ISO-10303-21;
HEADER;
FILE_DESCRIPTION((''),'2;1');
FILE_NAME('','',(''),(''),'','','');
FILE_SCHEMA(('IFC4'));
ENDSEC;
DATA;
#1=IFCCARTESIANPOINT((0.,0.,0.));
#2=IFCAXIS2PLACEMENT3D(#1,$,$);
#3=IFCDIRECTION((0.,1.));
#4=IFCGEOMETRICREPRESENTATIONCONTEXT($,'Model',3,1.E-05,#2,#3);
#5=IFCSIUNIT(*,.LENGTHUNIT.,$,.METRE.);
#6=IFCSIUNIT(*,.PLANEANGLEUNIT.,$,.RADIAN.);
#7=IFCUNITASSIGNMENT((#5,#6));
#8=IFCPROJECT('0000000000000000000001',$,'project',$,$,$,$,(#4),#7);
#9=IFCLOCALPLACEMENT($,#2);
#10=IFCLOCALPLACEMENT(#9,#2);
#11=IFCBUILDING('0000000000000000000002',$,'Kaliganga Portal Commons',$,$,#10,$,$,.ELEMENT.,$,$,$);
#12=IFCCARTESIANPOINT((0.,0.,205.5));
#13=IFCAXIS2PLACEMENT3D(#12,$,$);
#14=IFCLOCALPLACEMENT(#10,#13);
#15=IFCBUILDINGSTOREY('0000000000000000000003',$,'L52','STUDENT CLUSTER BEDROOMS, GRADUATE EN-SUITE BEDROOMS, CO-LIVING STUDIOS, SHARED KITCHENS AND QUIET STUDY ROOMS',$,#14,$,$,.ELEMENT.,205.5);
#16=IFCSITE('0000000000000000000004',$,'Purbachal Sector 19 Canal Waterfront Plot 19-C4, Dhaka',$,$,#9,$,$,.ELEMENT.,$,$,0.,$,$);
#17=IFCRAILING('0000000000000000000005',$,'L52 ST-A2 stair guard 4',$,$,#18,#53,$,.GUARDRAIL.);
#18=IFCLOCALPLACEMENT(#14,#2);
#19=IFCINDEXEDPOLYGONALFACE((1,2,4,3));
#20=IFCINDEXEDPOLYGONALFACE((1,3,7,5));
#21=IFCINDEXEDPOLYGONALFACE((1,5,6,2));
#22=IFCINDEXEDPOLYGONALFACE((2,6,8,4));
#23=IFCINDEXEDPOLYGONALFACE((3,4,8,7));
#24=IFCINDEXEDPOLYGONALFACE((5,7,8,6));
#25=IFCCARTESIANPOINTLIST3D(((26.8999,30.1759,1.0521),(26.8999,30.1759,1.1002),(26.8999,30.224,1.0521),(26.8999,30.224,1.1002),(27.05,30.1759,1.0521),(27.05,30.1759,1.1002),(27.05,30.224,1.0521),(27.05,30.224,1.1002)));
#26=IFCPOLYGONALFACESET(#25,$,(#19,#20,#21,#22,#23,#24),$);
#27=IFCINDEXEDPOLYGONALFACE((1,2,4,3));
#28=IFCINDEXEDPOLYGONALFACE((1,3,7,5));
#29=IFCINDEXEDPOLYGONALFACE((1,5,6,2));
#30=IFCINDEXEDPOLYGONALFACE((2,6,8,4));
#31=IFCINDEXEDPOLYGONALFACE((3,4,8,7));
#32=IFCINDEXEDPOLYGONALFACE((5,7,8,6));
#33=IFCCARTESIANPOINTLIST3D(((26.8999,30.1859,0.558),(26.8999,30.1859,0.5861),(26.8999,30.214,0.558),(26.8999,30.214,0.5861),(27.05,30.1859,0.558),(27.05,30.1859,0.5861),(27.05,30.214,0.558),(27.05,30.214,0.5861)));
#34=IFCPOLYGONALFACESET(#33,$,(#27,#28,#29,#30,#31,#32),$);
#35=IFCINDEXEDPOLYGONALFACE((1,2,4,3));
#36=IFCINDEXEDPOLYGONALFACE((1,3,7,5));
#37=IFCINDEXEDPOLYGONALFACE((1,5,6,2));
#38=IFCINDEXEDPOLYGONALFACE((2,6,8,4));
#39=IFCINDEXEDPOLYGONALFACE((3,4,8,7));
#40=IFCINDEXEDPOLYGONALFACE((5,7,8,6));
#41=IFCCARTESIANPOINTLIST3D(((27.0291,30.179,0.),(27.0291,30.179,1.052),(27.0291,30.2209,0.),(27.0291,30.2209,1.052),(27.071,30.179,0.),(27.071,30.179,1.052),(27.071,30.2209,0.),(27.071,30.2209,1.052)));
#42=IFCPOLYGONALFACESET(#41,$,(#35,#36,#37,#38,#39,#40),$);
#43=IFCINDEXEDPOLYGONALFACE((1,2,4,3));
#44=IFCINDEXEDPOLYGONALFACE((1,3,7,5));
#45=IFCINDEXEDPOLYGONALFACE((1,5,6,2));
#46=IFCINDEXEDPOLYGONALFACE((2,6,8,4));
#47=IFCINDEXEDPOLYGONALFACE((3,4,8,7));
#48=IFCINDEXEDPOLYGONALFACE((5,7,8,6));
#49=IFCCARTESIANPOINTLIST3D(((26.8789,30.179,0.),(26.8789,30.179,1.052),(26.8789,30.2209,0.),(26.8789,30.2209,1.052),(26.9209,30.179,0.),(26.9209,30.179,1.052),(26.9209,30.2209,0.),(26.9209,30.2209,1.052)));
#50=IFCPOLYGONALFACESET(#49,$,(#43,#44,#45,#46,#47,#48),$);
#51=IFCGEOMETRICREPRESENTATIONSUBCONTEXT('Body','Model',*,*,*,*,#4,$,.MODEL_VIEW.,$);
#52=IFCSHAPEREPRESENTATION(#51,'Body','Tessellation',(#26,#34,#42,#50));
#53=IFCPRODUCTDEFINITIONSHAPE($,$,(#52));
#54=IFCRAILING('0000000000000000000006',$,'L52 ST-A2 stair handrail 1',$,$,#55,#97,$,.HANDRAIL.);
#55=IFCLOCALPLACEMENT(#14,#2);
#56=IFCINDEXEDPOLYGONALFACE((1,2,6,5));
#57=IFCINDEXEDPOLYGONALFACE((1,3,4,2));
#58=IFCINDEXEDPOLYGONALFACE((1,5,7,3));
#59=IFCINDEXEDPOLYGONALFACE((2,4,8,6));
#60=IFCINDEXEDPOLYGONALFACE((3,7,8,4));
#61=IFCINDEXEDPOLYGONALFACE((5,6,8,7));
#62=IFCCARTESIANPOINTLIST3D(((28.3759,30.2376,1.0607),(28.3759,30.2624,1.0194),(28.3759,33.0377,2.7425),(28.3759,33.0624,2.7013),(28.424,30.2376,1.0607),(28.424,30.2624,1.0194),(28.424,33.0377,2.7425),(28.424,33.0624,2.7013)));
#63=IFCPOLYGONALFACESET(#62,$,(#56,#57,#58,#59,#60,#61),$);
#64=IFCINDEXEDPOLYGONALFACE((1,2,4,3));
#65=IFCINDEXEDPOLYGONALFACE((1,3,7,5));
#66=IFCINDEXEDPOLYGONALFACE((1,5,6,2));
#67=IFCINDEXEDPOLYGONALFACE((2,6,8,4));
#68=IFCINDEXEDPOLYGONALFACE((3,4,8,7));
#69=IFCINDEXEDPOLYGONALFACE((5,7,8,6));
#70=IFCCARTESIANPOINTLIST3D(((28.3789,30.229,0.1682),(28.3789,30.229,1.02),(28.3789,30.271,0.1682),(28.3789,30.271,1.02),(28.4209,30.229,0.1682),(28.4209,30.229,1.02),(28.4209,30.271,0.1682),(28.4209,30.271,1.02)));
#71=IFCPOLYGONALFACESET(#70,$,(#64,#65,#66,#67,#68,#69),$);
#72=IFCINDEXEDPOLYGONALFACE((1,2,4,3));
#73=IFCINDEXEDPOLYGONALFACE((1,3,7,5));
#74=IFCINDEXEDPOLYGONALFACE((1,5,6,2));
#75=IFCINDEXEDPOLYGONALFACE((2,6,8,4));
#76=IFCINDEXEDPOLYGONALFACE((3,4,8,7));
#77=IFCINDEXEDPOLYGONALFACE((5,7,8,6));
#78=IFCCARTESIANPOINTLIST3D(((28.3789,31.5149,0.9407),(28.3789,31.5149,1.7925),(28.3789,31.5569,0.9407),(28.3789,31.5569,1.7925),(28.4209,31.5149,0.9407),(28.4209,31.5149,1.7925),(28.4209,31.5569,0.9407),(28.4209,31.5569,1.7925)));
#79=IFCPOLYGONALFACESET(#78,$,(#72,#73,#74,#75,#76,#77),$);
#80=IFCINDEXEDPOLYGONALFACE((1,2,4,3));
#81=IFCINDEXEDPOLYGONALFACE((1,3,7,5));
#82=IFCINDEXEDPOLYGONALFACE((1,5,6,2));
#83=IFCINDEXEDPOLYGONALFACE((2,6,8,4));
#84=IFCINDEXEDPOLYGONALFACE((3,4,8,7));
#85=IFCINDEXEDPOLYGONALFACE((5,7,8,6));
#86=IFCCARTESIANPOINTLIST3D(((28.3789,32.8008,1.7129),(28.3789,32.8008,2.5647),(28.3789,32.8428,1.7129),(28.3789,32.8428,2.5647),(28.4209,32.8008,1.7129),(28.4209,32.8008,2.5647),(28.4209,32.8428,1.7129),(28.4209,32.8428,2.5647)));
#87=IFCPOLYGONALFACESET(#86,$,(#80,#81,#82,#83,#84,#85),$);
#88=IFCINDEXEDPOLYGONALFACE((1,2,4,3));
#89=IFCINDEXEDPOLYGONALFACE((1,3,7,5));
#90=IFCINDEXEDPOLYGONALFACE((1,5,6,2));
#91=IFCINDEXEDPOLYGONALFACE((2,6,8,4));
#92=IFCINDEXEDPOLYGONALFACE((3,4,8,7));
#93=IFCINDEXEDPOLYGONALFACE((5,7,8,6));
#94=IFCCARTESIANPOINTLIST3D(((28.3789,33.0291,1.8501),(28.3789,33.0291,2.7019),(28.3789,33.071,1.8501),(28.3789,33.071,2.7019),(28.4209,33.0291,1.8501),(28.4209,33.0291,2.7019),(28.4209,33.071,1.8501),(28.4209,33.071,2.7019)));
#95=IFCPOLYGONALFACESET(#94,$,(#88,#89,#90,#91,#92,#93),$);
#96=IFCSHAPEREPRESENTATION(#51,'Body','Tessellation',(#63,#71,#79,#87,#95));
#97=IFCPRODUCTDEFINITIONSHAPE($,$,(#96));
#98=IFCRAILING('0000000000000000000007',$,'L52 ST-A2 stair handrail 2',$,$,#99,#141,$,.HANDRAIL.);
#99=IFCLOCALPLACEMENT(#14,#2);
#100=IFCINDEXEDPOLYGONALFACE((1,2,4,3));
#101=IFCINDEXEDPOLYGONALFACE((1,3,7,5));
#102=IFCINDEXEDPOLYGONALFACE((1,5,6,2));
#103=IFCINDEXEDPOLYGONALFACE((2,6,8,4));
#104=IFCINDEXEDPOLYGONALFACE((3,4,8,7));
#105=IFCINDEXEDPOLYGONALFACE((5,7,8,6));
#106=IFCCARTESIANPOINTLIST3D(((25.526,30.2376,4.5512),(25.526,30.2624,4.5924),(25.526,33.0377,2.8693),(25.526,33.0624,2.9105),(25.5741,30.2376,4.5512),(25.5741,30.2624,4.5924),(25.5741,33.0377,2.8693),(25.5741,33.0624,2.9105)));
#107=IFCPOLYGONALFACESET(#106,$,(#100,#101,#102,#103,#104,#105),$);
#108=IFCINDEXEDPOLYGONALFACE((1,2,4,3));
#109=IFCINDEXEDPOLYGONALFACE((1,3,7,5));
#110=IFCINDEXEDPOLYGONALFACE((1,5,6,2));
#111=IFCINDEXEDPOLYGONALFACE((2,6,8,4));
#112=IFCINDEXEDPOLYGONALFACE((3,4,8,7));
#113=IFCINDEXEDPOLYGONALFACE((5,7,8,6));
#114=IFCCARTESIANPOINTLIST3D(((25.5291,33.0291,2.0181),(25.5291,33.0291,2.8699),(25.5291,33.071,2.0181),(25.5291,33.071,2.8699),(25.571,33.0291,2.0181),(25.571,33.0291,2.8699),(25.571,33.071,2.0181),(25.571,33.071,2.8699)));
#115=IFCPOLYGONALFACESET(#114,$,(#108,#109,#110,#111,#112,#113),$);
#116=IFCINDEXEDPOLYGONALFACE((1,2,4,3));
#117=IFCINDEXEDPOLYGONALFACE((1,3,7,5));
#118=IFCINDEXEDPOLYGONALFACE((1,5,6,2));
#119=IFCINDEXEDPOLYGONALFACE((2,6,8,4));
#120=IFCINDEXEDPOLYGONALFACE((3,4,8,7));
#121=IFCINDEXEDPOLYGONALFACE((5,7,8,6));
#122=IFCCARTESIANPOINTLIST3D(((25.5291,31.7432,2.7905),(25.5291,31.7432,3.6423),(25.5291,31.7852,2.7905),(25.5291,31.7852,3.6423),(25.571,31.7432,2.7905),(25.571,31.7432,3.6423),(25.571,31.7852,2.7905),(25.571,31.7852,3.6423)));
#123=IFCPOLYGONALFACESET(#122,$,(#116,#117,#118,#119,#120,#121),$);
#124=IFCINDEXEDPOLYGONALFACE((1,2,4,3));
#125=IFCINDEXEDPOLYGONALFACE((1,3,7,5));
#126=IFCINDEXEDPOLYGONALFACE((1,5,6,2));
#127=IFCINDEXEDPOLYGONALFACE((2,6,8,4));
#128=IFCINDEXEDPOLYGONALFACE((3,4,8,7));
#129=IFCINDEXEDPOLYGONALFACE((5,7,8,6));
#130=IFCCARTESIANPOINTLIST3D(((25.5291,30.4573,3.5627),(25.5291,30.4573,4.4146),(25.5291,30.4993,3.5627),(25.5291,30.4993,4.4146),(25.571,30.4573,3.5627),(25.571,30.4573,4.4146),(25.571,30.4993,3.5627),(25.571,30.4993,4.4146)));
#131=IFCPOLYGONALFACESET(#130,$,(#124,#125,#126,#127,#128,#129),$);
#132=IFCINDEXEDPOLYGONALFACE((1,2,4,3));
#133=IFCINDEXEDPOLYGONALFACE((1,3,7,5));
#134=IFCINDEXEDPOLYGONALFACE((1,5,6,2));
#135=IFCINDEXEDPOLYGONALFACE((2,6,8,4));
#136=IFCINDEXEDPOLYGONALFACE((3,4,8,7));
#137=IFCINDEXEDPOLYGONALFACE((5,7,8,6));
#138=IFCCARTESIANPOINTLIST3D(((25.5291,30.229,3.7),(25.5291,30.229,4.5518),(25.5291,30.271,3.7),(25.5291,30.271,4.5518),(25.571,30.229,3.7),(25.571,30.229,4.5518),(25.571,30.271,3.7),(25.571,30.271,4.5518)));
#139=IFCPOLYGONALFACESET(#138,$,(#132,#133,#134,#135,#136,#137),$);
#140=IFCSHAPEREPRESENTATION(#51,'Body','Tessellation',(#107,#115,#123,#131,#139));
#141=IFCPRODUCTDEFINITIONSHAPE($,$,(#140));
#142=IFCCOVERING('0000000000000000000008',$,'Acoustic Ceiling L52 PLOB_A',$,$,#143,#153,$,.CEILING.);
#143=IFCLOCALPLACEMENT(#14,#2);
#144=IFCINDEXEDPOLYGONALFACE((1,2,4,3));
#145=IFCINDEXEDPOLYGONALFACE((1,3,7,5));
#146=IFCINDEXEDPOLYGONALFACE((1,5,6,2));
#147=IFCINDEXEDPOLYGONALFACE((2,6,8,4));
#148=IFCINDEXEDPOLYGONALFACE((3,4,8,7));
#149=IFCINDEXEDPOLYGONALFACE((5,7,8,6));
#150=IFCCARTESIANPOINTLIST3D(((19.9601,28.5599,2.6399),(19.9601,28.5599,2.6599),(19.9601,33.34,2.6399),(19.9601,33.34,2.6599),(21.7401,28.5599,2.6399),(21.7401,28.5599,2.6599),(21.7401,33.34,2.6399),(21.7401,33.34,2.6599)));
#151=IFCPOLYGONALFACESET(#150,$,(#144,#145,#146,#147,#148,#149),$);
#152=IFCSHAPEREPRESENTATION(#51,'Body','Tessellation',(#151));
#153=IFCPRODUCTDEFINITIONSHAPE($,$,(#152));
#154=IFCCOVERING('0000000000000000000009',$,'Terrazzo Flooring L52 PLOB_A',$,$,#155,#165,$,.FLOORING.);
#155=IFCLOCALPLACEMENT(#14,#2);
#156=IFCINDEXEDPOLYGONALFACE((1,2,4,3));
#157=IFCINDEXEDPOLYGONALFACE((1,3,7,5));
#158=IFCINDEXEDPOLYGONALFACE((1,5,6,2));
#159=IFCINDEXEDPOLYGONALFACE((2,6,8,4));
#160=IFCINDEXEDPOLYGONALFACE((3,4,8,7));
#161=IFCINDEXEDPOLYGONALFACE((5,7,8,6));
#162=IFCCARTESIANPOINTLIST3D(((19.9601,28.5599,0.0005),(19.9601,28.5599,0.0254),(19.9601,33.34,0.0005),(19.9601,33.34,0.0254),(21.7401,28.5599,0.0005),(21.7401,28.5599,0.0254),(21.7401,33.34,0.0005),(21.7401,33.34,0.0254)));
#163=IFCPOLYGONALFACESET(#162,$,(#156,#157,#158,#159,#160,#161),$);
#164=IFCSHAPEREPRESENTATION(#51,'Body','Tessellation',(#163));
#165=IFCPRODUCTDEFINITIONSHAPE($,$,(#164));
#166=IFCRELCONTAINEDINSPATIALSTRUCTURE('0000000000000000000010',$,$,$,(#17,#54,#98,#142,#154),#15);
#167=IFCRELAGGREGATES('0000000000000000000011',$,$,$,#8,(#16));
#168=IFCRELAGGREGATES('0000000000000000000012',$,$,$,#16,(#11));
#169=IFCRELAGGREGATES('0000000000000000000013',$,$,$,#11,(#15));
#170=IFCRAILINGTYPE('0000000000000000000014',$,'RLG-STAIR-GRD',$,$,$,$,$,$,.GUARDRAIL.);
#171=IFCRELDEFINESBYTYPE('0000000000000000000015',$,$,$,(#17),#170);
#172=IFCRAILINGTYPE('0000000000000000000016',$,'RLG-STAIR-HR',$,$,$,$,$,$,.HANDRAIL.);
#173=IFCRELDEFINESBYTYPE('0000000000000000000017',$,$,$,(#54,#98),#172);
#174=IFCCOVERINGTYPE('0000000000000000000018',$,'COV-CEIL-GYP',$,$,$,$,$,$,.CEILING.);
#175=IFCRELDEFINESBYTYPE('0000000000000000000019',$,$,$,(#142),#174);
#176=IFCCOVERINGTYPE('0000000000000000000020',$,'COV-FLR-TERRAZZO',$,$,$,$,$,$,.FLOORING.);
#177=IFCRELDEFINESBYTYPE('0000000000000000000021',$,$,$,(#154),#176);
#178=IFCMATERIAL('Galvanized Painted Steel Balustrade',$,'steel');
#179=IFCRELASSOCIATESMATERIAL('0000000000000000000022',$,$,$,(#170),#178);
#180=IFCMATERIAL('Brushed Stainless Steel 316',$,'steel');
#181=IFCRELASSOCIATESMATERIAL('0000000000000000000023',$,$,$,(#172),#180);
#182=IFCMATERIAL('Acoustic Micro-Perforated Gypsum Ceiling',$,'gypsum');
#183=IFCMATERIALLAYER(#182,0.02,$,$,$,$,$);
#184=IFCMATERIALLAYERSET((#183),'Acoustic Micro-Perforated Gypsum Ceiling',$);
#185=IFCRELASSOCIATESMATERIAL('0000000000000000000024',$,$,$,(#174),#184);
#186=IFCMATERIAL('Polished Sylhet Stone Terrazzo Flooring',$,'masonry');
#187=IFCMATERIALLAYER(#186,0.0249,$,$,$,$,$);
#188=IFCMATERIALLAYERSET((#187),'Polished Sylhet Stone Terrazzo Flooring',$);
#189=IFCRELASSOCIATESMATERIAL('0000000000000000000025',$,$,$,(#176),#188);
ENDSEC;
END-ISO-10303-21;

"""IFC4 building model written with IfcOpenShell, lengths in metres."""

from ifc_helpers import new_model, si_unit, direction, frame, origin, origin_2d, place, context, subcontext, project, spatial, rectangle, extrude, source, transform, mapped, material, layer, layer_set, type_object, element, save


model = new_model("IFC4")

# Units and contexts
model_context = context("Model", 3, precision=1e-05, world=origin(), true_north=direction((0.0, 1.0)))
body_context = subcontext(model_context, "Body", "Model", "MODEL_VIEW")
ifc_project = project(units=[si_unit("LENGTHUNIT", "METRE"), si_unit("PLANEANGLEUNIT", "RADIAN")], contexts=[model_context])

# Site, building, storey
site_placement = place(None, origin())
site = spatial("IfcSite", under=ifc_project, at=site_placement, Name="Purbachal Sector 19 Canal Waterfront Plot 19-C4, Dhaka", CompositionType="ELEMENT", RefElevation=0.0)
building_placement = place(site_placement, origin())
building = spatial("IfcBuilding", under=site, at=building_placement, Name="Kaliganga Portal Commons", CompositionType="ELEMENT")
storey_placement = place(building_placement, frame((0.0, 0.0, 205.5)))
storey = spatial("IfcBuildingStorey", under=building, at=storey_placement, Name="L52", Description="STUDENT CLUSTER BEDROOMS, GRADUATE EN-SUITE BEDROOMS, CO-LIVING STUDIOS, SHARED KITCHENS AND QUIET STUDY ROOMS", CompositionType="ELEMENT", Elevation=205.5)

# Railings
ifc_material_1 = material(Name="Galvanized Painted Steel Balustrade", Category="steel")
railing_type_1 = type_object("IfcRailingType", Name="RLG-STAIR-GRD", PredefinedType="GUARDRAIL", material=ifc_material_1)
railing_1_placement = place(storey_placement, frame((27.05, 30.2, 0.0)))
element("IfcRailing", 1, at=railing_1_placement, inside=storey, type_object=railing_type_1, Name="L52 ST-A2 stair guard 4", PredefinedType="GUARDRAIL", context=body_context, shape_type="SweptSolid", body=[
    extrude(rectangle(XDim=0.0481, YDim=0.0481, at=origin_2d()), frame((0.0, 0.0, 1.0762), z_axis=(-1.0, 0.0, 0.0), x_axis=(0.0, -1.0, 0.0)), (0.0, 0.0, 1.0), 0.1501),
    extrude(rectangle(XDim=0.0281, YDim=0.0281, at=origin_2d()), frame((0.0, 0.0, 0.572), z_axis=(-1.0, 0.0, 0.0), x_axis=(0.0, -1.0, 0.0)), (0.0, 0.0, 1.0), 0.1501),
    extrude(rectangle(XDim=0.042, YDim=0.042, at=origin_2d()), origin(), (0.0, 0.0, 1.0), 1.052),
    extrude(rectangle(XDim=0.042, YDim=0.042, at=origin_2d()), frame((-0.1501, 0.0, 0.0)), (0.0, 0.0, 1.0), 1.052),
])
ifc_material_2 = material(Name="Brushed Stainless Steel 316", Category="steel")
railing_type_2 = type_object("IfcRailingType", Name="RLG-STAIR-HR", PredefinedType="HANDRAIL", material=ifc_material_2)
railing_2_placement = place(storey_placement, frame((28.3999, 30.25, 0.1682)))
element("IfcRailing", 2, at=railing_2_placement, inside=storey, type_object=railing_type_2, Name="L52 ST-A2 stair handrail 1", PredefinedType="HANDRAIL", context=body_context, shape_type="SweptSolid", body=[
    extrude(rectangle(XDim=0.0481, YDim=0.0481, at=origin_2d()), frame((0.0, 0.0, 0.8718), z_axis=(0.0, 0.857242, 0.514913), x_axis=(-1.0, 0.0, 0.0)), (0.0, 0.0, 1.0), 3.2664),
    extrude(rectangle(XDim=0.042, YDim=0.042, at=origin_2d()), origin(), (0.0, 0.0, 1.0), 0.8518),
    extrude(rectangle(XDim=0.042, YDim=0.042, at=origin_2d()), frame((0.0, 1.2859, 0.7725)), (0.0, 0.0, 1.0), 0.8518),
    extrude(rectangle(XDim=0.042, YDim=0.042, at=origin_2d()), frame((0.0, 2.5718, 1.5447)), (0.0, 0.0, 1.0), 0.8518),
    extrude(rectangle(XDim=0.042, YDim=0.042, at=origin_2d()), frame((0.0, 2.8, 1.6819)), (0.0, 0.0, 1.0), 0.8518),
])
railing_3_placement = place(storey_placement, frame((25.55, 33.05, 2.0181)))
element("IfcRailing", 3, at=railing_3_placement, inside=storey, type_object=railing_type_2, Name="L52 ST-A2 stair handrail 2", PredefinedType="HANDRAIL", context=body_context, shape_type="SweptSolid", body=[
    extrude(rectangle(XDim=0.0481, YDim=0.0481, at=origin_2d()), frame((0.0, 0.0, 0.8718), z_axis=(0.0, -0.857242, 0.514913), x_axis=(1.0, 0.0, 0.0)), (0.0, 0.0, 1.0), 3.2664),
    extrude(rectangle(XDim=0.042, YDim=0.042, at=origin_2d()), origin(), (0.0, 0.0, 1.0), 0.8518),
    extrude(rectangle(XDim=0.042, YDim=0.042, at=origin_2d()), frame((0.0, -1.2859, 0.7725)), (0.0, 0.0, 1.0), 0.8518),
    extrude(rectangle(XDim=0.042, YDim=0.042, at=origin_2d()), frame((0.0, -2.5718, 1.5447)), (0.0, 0.0, 1.0), 0.8518),
    extrude(rectangle(XDim=0.042, YDim=0.042, at=origin_2d()), frame((0.0, -2.8, 1.6819)), (0.0, 0.0, 1.0), 0.8518),
])

# Coverings
ifc_material_3 = material(Name="Acoustic Micro-Perforated Gypsum Ceiling", Category="gypsum")
ifc_layer_1 = layer(ifc_material_3, 0.02)
ifc_layer_set_1 = layer_set([ifc_layer_1], Name="Acoustic Micro-Perforated Gypsum Ceiling")
covering_type_1 = type_object("IfcCoveringType", Name="COV-CEIL-GYP", PredefinedType="CEILING", material=ifc_layer_set_1)
shared_shape_1 = source(origin(), body_context, "Body", "SweptSolid", [
    extrude(rectangle(XDim=1.78, YDim=4.78, at=origin_2d()), origin(), (0.0, 0.0, 1.0), 0.02),
])
covering_1_placement = place(storey_placement, frame((20.8501, 30.95, 2.6399), z_axis=(0.0, 0.0, 1.0), x_axis=(1.0, 0.0, 0.0)))
element("IfcCovering", 4, at=covering_1_placement, inside=storey, type_object=covering_type_1, Name="Acoustic Ceiling L52 PLOB_A", PredefinedType="CEILING", context=body_context, shape_type="MappedRepresentation", body=[
    mapped(shared_shape_1, transform((0.0, 0.0, 0.0), x_axis=(1.0, 0.0, 0.0), y_axis=(0.0, 1.0, 0.0), z_axis=(0.0, 0.0, 1.0), scale=1.0)),
])
ifc_material_4 = material(Name="Polished Sylhet Stone Terrazzo Flooring", Category="masonry")
ifc_layer_2 = layer(ifc_material_4, 0.0249)
ifc_layer_set_2 = layer_set([ifc_layer_2], Name="Polished Sylhet Stone Terrazzo Flooring")
covering_type_2 = type_object("IfcCoveringType", Name="COV-FLR-TERRAZZO", PredefinedType="FLOORING", material=ifc_layer_set_2)
shared_shape_2 = source(origin(), body_context, "Body", "SweptSolid", [
    extrude(rectangle(XDim=1.78, YDim=4.78, at=origin_2d()), origin(), (0.0, 0.0, 1.0), 0.0249),
])
covering_2_placement = place(storey_placement, frame((20.8501, 30.95, 0.0005), z_axis=(0.0, 0.0, 1.0), x_axis=(1.0, 0.0, 0.0)))
element("IfcCovering", 5, at=covering_2_placement, inside=storey, type_object=covering_type_2, Name="Terrazzo Flooring L52 PLOB_A", PredefinedType="FLOORING", context=body_context, shape_type="MappedRepresentation", body=[
    mapped(shared_shape_2, transform((0.0, 0.0, 0.0), x_axis=(1.0, 0.0, 0.0), y_axis=(0.0, 1.0, 0.0), z_axis=(0.0, 0.0, 1.0), scale=1.0)),
])

save(model, "model.ifc")
